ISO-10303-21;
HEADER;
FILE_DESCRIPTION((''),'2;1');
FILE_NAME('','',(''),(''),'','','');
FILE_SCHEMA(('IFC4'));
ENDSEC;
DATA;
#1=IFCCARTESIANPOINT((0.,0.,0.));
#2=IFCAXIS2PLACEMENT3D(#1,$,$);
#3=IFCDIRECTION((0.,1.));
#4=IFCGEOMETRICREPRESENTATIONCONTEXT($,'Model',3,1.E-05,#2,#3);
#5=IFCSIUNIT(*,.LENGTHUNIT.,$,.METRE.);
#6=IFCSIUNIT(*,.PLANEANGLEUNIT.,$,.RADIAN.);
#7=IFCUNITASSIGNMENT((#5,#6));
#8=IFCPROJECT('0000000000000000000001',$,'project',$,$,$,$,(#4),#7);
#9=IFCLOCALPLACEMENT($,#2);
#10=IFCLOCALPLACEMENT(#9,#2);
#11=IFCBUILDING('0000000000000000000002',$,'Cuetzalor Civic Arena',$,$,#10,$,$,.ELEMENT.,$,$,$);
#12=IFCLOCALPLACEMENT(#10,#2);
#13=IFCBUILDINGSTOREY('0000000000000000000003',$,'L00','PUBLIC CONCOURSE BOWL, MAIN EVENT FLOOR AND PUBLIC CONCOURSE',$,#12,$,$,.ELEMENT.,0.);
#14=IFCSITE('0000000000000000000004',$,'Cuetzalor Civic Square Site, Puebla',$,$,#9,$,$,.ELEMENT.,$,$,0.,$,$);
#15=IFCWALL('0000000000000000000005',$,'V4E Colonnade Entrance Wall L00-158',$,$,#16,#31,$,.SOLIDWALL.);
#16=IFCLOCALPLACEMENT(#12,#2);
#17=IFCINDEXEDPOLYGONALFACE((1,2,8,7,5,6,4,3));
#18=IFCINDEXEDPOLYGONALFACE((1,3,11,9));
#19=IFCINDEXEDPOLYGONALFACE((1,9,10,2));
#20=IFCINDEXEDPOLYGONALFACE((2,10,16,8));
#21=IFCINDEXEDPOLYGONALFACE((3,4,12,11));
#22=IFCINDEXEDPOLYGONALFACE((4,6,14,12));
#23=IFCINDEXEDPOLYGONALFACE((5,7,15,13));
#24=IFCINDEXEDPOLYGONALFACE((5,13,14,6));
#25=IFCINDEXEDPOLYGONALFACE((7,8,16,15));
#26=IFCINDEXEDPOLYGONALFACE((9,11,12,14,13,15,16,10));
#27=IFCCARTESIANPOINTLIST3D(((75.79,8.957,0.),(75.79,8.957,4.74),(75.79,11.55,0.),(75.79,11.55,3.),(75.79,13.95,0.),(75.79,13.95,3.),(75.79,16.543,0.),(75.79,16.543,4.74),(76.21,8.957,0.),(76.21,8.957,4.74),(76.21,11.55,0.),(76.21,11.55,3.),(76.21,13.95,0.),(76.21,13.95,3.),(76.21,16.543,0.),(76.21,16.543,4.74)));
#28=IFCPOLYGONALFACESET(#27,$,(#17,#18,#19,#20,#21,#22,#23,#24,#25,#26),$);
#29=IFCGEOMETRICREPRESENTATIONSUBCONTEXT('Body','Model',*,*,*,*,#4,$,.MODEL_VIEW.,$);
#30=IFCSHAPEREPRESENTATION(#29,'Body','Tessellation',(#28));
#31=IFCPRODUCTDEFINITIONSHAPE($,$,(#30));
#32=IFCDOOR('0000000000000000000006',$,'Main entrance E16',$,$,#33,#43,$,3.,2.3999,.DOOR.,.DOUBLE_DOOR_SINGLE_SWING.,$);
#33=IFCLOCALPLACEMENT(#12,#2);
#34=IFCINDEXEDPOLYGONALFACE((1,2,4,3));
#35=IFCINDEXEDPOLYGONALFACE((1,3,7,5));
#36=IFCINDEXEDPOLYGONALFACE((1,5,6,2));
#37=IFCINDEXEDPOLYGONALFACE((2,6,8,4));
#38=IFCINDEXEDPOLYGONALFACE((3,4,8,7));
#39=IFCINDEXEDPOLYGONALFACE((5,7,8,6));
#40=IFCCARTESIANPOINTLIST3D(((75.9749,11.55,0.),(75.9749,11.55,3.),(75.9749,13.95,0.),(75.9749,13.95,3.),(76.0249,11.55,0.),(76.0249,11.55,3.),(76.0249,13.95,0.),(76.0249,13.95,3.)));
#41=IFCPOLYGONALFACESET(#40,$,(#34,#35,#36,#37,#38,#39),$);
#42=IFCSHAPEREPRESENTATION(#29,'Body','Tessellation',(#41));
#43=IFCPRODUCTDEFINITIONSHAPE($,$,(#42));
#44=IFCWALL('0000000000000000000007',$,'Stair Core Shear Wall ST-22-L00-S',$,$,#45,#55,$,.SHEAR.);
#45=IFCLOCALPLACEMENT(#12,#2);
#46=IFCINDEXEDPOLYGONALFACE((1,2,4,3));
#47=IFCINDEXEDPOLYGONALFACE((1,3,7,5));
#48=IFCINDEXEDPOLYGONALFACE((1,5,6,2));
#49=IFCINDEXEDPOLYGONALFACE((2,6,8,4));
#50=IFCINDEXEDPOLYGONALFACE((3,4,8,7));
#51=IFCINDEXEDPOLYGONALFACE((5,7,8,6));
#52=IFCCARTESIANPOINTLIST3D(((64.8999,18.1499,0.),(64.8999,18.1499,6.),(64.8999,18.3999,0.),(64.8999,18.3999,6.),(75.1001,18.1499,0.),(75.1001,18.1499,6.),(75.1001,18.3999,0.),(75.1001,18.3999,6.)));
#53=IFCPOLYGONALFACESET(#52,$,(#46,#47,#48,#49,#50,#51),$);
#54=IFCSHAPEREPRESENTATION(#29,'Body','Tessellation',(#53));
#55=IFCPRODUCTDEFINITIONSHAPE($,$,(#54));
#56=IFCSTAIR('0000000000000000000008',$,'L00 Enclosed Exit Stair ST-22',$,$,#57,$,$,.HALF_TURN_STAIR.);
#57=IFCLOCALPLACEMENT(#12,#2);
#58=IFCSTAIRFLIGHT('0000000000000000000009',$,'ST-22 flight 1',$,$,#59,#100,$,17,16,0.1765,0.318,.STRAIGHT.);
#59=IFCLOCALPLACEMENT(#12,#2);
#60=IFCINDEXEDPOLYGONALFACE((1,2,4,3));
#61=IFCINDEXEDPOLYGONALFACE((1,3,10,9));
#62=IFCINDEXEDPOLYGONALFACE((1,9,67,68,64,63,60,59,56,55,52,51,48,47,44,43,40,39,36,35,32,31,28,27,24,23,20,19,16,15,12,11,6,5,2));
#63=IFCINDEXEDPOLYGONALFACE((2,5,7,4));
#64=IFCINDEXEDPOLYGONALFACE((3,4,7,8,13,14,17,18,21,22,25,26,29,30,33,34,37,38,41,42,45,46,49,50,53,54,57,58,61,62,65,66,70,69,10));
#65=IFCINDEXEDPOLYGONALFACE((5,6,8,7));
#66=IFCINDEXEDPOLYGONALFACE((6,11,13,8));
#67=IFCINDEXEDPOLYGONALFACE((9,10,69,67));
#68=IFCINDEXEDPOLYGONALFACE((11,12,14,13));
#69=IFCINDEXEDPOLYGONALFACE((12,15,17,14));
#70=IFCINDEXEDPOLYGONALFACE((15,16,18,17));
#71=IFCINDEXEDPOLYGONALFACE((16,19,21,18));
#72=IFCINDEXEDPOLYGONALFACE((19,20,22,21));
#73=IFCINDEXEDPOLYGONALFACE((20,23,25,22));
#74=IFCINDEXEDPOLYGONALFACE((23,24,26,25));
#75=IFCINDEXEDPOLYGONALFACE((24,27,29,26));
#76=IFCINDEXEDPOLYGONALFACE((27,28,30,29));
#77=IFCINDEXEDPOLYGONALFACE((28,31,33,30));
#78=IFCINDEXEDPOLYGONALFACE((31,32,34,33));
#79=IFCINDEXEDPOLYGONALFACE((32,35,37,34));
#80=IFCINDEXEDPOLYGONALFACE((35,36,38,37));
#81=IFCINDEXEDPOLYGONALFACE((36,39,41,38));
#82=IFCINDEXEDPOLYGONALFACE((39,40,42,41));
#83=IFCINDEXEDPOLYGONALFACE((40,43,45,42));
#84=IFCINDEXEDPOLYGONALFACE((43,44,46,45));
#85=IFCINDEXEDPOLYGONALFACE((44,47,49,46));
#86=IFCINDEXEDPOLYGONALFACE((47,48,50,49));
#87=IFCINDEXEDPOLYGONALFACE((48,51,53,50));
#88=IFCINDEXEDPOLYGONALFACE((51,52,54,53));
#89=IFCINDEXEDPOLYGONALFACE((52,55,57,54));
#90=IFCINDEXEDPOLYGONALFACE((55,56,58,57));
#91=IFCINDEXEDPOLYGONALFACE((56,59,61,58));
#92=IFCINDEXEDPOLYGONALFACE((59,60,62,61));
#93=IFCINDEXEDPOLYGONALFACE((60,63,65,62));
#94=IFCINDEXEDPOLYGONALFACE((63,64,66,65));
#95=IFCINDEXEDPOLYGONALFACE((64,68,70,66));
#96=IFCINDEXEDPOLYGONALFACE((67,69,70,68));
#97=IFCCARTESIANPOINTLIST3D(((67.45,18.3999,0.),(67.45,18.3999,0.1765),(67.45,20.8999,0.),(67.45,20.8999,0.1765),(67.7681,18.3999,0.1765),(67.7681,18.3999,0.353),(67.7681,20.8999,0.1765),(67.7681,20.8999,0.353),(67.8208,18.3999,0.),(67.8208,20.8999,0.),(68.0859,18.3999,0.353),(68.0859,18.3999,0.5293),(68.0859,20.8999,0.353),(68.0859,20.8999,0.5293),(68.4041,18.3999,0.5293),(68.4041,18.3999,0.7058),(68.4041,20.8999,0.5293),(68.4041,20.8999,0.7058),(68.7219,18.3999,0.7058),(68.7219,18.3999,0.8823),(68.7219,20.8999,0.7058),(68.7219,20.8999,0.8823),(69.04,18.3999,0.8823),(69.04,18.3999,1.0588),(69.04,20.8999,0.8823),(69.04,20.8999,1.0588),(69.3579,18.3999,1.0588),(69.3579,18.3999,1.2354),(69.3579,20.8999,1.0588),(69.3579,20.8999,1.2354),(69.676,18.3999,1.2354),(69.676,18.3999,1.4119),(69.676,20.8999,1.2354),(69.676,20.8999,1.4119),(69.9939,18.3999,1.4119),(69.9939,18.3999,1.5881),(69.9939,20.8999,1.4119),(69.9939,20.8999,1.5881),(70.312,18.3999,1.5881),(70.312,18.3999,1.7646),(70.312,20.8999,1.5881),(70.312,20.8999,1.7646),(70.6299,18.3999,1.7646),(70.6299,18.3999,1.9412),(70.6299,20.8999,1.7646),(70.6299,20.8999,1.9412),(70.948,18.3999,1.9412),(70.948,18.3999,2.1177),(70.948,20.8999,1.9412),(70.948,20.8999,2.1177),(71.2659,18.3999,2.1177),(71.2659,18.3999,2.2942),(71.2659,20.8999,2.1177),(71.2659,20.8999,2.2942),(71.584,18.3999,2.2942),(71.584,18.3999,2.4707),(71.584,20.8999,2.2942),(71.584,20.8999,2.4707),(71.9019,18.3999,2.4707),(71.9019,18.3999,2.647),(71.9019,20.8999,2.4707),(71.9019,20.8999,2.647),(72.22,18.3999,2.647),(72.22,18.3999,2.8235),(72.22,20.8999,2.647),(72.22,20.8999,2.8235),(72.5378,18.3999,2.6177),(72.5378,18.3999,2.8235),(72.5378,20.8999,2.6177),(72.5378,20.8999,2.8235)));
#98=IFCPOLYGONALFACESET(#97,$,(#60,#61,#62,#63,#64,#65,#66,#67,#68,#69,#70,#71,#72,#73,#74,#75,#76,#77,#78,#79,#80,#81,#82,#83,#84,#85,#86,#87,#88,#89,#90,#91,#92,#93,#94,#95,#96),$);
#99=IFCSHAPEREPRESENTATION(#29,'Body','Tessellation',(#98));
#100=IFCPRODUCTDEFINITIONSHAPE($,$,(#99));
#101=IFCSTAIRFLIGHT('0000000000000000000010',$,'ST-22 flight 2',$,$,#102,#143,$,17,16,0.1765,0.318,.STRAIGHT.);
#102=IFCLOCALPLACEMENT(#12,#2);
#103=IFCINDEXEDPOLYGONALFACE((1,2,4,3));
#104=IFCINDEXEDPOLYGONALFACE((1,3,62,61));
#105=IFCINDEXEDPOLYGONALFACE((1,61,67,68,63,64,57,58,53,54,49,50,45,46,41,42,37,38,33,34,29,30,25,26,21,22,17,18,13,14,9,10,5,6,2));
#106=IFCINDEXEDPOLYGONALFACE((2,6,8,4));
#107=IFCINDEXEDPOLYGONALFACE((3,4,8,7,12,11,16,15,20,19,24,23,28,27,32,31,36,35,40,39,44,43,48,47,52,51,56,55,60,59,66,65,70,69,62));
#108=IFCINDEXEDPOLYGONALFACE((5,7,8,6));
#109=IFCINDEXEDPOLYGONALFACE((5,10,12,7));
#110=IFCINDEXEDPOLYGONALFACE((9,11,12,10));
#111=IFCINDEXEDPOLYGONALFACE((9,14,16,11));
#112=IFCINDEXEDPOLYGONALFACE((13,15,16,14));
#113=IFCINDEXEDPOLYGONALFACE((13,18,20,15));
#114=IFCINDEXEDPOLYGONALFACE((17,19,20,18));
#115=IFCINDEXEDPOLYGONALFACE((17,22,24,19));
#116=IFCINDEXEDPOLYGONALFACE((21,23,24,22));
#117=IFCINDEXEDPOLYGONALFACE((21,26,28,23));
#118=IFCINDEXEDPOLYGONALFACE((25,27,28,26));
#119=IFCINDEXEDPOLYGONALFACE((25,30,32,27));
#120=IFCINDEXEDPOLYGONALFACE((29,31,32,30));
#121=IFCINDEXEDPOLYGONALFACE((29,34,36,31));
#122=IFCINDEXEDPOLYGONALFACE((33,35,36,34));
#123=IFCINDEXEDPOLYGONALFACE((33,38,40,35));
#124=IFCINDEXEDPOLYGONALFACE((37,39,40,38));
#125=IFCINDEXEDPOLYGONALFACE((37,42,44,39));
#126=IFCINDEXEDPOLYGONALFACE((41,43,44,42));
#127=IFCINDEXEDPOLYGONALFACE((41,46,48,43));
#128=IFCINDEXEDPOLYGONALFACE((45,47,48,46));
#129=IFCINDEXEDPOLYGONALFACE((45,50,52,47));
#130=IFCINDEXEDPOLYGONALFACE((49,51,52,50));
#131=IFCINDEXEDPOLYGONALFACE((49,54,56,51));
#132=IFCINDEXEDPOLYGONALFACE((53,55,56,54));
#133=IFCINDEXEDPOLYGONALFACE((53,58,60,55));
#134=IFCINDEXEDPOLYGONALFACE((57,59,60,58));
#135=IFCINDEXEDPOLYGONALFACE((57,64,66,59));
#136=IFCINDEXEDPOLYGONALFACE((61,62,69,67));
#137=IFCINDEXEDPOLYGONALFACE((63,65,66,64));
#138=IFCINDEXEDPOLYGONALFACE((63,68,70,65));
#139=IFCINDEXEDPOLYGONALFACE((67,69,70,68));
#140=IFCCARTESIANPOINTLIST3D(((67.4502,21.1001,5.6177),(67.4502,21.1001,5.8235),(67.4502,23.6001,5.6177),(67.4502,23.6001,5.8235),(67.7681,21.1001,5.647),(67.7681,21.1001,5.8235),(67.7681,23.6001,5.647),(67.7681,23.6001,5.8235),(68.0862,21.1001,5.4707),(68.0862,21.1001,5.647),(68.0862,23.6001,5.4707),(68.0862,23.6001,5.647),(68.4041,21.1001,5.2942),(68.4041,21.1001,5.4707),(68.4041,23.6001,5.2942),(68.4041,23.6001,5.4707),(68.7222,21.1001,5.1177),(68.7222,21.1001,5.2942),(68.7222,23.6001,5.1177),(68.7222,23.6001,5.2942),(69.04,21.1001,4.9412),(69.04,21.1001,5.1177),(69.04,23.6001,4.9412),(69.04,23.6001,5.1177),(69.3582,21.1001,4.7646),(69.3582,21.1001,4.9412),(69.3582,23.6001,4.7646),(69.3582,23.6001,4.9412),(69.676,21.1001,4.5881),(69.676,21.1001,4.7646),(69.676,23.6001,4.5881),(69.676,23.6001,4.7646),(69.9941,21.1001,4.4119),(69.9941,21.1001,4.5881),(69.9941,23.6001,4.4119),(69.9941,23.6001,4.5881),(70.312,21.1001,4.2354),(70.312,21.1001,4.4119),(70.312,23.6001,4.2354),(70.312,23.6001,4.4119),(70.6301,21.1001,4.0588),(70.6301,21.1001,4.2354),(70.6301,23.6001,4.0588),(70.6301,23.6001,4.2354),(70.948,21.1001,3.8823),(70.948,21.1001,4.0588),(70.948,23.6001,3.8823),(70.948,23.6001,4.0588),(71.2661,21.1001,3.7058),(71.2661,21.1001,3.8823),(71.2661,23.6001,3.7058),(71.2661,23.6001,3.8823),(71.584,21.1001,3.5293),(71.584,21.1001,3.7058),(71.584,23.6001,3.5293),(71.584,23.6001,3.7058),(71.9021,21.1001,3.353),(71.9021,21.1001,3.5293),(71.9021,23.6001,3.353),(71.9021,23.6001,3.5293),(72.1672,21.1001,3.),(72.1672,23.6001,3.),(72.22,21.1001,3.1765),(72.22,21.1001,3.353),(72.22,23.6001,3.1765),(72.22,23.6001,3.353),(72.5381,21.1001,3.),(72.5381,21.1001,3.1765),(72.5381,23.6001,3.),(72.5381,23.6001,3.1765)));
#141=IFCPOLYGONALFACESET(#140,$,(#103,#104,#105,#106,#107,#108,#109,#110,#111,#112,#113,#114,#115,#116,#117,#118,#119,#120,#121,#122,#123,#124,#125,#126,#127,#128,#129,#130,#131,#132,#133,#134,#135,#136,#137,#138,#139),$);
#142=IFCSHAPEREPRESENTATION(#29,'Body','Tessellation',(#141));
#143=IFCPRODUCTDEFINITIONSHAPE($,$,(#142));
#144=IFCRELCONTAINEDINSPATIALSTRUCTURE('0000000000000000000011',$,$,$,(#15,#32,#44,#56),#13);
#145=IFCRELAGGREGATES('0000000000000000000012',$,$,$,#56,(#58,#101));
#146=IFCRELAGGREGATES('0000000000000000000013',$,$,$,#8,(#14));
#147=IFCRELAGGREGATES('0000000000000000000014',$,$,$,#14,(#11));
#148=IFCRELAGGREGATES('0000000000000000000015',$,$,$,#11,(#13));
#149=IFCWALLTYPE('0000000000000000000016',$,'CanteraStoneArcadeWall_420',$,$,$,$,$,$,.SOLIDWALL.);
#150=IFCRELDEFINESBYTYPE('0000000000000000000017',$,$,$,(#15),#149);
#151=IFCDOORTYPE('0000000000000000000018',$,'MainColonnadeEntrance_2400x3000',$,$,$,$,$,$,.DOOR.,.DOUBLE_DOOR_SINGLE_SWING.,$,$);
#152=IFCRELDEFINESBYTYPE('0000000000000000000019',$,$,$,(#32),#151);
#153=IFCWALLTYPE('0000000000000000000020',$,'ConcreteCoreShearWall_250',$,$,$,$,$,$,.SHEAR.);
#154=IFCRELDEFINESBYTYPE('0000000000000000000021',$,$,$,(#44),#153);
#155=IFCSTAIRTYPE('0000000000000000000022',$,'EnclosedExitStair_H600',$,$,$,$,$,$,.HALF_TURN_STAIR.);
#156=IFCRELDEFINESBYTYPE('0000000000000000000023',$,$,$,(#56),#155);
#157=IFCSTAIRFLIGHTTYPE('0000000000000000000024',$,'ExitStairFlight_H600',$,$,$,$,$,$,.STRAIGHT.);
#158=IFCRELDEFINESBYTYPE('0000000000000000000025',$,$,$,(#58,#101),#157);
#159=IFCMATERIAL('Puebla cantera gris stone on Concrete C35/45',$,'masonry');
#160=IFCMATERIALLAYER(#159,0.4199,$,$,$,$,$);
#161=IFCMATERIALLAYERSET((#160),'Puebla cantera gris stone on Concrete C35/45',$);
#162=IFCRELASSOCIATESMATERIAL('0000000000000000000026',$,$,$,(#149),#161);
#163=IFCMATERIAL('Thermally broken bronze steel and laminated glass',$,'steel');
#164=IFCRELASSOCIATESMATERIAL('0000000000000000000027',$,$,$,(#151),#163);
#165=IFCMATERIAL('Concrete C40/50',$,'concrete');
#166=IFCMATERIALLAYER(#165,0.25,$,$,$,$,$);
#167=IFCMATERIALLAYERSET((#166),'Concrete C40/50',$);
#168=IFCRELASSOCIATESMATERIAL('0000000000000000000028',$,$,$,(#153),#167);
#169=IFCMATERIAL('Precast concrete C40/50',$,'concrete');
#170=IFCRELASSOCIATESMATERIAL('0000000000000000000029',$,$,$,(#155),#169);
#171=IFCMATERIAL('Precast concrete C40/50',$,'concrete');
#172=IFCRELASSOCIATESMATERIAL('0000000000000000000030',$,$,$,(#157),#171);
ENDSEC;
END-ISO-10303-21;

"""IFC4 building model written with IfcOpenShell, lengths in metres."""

from ifc_helpers import new_model, si_unit, direction, frame, frame_2d, origin, place, context, subcontext, project, spatial, polyline, rectangle, outline, extrude, material, layer, layer_set, type_object, element, fill, aggregate, save


model = new_model("IFC4")

# Units and contexts
model_context = context("Model", 3, precision=1e-05, world=origin(), true_north=direction((0.0, 1.0)))
body_context = subcontext(model_context, "Body", "Model", "MODEL_VIEW")
ifc_project = project(units=[si_unit("LENGTHUNIT", "METRE"), si_unit("PLANEANGLEUNIT", "RADIAN")], contexts=[model_context])

# Site, building, storey
site_placement = place(None, origin())
site = spatial("IfcSite", under=ifc_project, at=site_placement, Name="Cuetzalor Civic Square Site, Puebla", CompositionType="ELEMENT", RefElevation=0.0)
building_placement = place(site_placement, origin())
building = spatial("IfcBuilding", under=site, at=building_placement, Name="Cuetzalor Civic Arena", CompositionType="ELEMENT")
storey_placement = place(building_placement, origin())
storey = spatial("IfcBuildingStorey", under=building, at=storey_placement, Name="L00", Description="PUBLIC CONCOURSE BOWL, MAIN EVENT FLOOR AND PUBLIC CONCOURSE", CompositionType="ELEMENT", Elevation=0.0)

# Wall, opening, door
ifc_material_1 = material(Name="Puebla cantera gris stone on Concrete C35/45", Category="masonry")
ifc_layer_1 = layer(ifc_material_1, 0.4199)
ifc_layer_set_1 = layer_set([ifc_layer_1], Name="Puebla cantera gris stone on Concrete C35/45")
wall_type_1 = type_object("IfcWallType", Name="CanteraStoneArcadeWall_420", PredefinedType="SOLIDWALL", material=ifc_layer_set_1)
wall_1_placement = place(storey_placement, frame((76.0, 16.543, 0.0), z_axis=(0.0, 0.0, 1.0), x_axis=(0.0, -1.0, 0.0)))
wall_1 = element("IfcWall", 1, at=wall_1_placement, inside=storey, type_object=wall_type_1, Name="V4E Colonnade Entrance Wall L00-158", PredefinedType="SOLIDWALL", context=body_context, shape_type="SweptSolid", body=[
    extrude(rectangle(XDim=7.5859, YDim=0.4199, at=frame_2d((3.793, 0.0))), origin(), (0.0, 0.0, 1.0), 4.74),
])
opening_placement = place(wall_1_placement, frame((2.593, 0.0, 0.0)))
opening = element("IfcOpeningElement", 2, at=opening_placement, cuts=wall_1, PredefinedType="OPENING", context=body_context, shape_type="SweptSolid", body=[
    extrude(rectangle(XDim=2.3999, YDim=3.0, at=frame_2d((1.2, 1.5))), frame((0.0, 0.22, 0.0), z_axis=(0.0, -1.0, 0.0), x_axis=(1.0, 0.0, 0.0)), (0.0, 0.0, 1.0), 0.4399),
])
ifc_material_2 = material(Name="Thermally broken bronze steel and laminated glass", Category="steel")
door_type = type_object("IfcDoorType", Name="MainColonnadeEntrance_2400x3000", OperationType="DOUBLE_DOOR_SINGLE_SWING", PredefinedType="DOOR", material=ifc_material_2)
door_placement = place(opening_placement, origin())
door = element("IfcDoor", 3, at=door_placement, inside=storey, type_object=door_type, Name="Main entrance E16", OperationType="DOUBLE_DOOR_SINGLE_SWING", OverallHeight=3.0, OverallWidth=2.3999, PredefinedType="DOOR", context=body_context, shape_type="SweptSolid", body=[
    extrude(rectangle(XDim=2.3999, YDim=3.0, at=frame_2d((1.2, 1.5))), frame((0.0, 0.0249, 0.0), z_axis=(0.0, -1.0, 0.0), x_axis=(1.0, 0.0, 0.0)), (0.0, 0.0, 1.0), 0.05),
])
fill(opening, door)

# Wall
ifc_material_3 = material(Name="Concrete C40/50", Category="concrete")
ifc_layer_2 = layer(ifc_material_3, 0.25)
ifc_layer_set_2 = layer_set([ifc_layer_2], Name="Concrete C40/50")
wall_type_2 = type_object("IfcWallType", Name="ConcreteCoreShearWall_250", PredefinedType="SHEAR", material=ifc_layer_set_2)
wall_2_placement = place(storey_placement, frame((75.1001, 18.2749, 0.0), z_axis=(0.0, 0.0, 1.0), x_axis=(-1.0, 0.0, 0.0)))
element("IfcWall", 4, at=wall_2_placement, inside=storey, type_object=wall_type_2, Name="Stair Core Shear Wall ST-22-L00-S", PredefinedType="SHEAR", context=body_context, shape_type="SweptSolid", body=[
    extrude(rectangle(XDim=10.2002, YDim=0.25, at=frame_2d((5.1001, 0.0))), origin(), (0.0, 0.0, 1.0), 6.0),
])

# Stair, stair flights
ifc_material_4 = material(Name="Precast concrete C40/50", Category="concrete")
stair_type = type_object("IfcStairType", Name="EnclosedExitStair_H600", PredefinedType="HALF_TURN_STAIR", material=ifc_material_4)
stair_placement = place(storey_placement, origin())
stair = element("IfcStair", 5, at=stair_placement, inside=storey, type_object=stair_type, Name="L00 Enclosed Exit Stair ST-22", PredefinedType="HALF_TURN_STAIR")
ifc_material_5 = material(Name="Precast concrete C40/50", Category="concrete")
stair_flight_type = type_object("IfcStairFlightType", Name="ExitStairFlight_H600", PredefinedType="STRAIGHT", material=ifc_material_5)
stair_flight_1_placement = place(storey_placement, frame((67.45, 19.6499, 0.0), z_axis=(0.0, 0.0, 1.0), x_axis=(1.0, 0.0, 0.0)))
stair_flight_1 = element("IfcStairFlight", 6, at=stair_flight_1_placement, type_object=stair_flight_type, Name="ST-22 flight 1", NumberOfRisers=17, NumberOfTreads=16, PredefinedType="STRAIGHT", RiserHeight=0.1765, TreadLength=0.318, context=body_context, shape_type="SweptSolid", body=[
    extrude(outline(polyline([(0.0, 0.0), (0.0, 0.1765), (0.3181, 0.1765), (0.3181, 0.353), (0.636, 0.353), (0.636, 0.5293), (0.9541, 0.5293), (0.9541, 0.7058), (1.272, 0.7058), (1.272, 0.8823), (1.5901, 0.8823), (1.5901, 1.0588), (1.908, 1.0588), (1.908, 1.2354), (2.2261, 1.2354), (2.2261, 1.4119), (2.5439, 1.4119), (2.5439, 1.5881), (2.8621, 1.5881), (2.8621, 1.7646), (3.1799, 1.7646), (3.1799, 1.9412), (3.498, 1.9412), (3.498, 2.1177), (3.8159, 2.1177), (3.8159, 2.2942), (4.134, 2.2942), (4.134, 2.4707), (4.4519, 2.4707), (4.4519, 2.647), (4.77, 2.647), (4.77, 2.8235), (5.0879, 2.8235), (5.0879, 3.0), (5.0879, 2.6177), (0.3708, 0.0), (0.0, 0.0)])), frame((0.0, 1.25, 0.0), z_axis=(0.0, -1.0, 0.0), x_axis=(1.0, 0.0, 0.0)), (0.0, 0.0, 1.0), 2.5),
])
stair_flight_2_placement = place(storey_placement, frame((72.5381, 22.3501, 3.0), z_axis=(0.0, 0.0, 1.0), x_axis=(-1.0, 0.0, 0.0)))
stair_flight_2 = element("IfcStairFlight", 7, at=stair_flight_2_placement, type_object=stair_flight_type, Name="ST-22 flight 2", NumberOfRisers=17, NumberOfTreads=16, PredefinedType="STRAIGHT", RiserHeight=0.1765, TreadLength=0.318, context=body_context, shape_type="SweptSolid", body=[
    extrude(outline(polyline([(0.0, 0.0), (0.0, 0.1765), (0.3181, 0.1765), (0.3181, 0.353), (0.636, 0.353), (0.636, 0.5293), (0.9541, 0.5293), (0.9541, 0.7058), (1.272, 0.7058), (1.272, 0.8823), (1.5901, 0.8823), (1.5901, 1.0588), (1.908, 1.0588), (1.908, 1.2354), (2.2261, 1.2354), (2.2261, 1.4119), (2.5439, 1.4119), (2.5439, 1.5881), (2.8621, 1.5881), (2.8621, 1.7646), (3.1799, 1.7646), (3.1799, 1.9412), (3.498, 1.9412), (3.498, 2.1177), (3.8159, 2.1177), (3.8159, 2.2942), (4.134, 2.2942), (4.134, 2.4707), (4.4519, 2.4707), (4.4519, 2.647), (4.77, 2.647), (4.77, 2.8235), (5.0879, 2.8235), (5.0879, 3.0), (5.0879, 2.6177), (0.3708, 0.0), (0.0, 0.0)])), frame((0.0, 1.25, 0.0), z_axis=(0.0, -1.0, 0.0), x_axis=(1.0, 0.0, 0.0)), (0.0, 0.0, 1.0), 2.5),
])
aggregate(stair, [stair_flight_1, stair_flight_2])

save(model, "model.ifc")
